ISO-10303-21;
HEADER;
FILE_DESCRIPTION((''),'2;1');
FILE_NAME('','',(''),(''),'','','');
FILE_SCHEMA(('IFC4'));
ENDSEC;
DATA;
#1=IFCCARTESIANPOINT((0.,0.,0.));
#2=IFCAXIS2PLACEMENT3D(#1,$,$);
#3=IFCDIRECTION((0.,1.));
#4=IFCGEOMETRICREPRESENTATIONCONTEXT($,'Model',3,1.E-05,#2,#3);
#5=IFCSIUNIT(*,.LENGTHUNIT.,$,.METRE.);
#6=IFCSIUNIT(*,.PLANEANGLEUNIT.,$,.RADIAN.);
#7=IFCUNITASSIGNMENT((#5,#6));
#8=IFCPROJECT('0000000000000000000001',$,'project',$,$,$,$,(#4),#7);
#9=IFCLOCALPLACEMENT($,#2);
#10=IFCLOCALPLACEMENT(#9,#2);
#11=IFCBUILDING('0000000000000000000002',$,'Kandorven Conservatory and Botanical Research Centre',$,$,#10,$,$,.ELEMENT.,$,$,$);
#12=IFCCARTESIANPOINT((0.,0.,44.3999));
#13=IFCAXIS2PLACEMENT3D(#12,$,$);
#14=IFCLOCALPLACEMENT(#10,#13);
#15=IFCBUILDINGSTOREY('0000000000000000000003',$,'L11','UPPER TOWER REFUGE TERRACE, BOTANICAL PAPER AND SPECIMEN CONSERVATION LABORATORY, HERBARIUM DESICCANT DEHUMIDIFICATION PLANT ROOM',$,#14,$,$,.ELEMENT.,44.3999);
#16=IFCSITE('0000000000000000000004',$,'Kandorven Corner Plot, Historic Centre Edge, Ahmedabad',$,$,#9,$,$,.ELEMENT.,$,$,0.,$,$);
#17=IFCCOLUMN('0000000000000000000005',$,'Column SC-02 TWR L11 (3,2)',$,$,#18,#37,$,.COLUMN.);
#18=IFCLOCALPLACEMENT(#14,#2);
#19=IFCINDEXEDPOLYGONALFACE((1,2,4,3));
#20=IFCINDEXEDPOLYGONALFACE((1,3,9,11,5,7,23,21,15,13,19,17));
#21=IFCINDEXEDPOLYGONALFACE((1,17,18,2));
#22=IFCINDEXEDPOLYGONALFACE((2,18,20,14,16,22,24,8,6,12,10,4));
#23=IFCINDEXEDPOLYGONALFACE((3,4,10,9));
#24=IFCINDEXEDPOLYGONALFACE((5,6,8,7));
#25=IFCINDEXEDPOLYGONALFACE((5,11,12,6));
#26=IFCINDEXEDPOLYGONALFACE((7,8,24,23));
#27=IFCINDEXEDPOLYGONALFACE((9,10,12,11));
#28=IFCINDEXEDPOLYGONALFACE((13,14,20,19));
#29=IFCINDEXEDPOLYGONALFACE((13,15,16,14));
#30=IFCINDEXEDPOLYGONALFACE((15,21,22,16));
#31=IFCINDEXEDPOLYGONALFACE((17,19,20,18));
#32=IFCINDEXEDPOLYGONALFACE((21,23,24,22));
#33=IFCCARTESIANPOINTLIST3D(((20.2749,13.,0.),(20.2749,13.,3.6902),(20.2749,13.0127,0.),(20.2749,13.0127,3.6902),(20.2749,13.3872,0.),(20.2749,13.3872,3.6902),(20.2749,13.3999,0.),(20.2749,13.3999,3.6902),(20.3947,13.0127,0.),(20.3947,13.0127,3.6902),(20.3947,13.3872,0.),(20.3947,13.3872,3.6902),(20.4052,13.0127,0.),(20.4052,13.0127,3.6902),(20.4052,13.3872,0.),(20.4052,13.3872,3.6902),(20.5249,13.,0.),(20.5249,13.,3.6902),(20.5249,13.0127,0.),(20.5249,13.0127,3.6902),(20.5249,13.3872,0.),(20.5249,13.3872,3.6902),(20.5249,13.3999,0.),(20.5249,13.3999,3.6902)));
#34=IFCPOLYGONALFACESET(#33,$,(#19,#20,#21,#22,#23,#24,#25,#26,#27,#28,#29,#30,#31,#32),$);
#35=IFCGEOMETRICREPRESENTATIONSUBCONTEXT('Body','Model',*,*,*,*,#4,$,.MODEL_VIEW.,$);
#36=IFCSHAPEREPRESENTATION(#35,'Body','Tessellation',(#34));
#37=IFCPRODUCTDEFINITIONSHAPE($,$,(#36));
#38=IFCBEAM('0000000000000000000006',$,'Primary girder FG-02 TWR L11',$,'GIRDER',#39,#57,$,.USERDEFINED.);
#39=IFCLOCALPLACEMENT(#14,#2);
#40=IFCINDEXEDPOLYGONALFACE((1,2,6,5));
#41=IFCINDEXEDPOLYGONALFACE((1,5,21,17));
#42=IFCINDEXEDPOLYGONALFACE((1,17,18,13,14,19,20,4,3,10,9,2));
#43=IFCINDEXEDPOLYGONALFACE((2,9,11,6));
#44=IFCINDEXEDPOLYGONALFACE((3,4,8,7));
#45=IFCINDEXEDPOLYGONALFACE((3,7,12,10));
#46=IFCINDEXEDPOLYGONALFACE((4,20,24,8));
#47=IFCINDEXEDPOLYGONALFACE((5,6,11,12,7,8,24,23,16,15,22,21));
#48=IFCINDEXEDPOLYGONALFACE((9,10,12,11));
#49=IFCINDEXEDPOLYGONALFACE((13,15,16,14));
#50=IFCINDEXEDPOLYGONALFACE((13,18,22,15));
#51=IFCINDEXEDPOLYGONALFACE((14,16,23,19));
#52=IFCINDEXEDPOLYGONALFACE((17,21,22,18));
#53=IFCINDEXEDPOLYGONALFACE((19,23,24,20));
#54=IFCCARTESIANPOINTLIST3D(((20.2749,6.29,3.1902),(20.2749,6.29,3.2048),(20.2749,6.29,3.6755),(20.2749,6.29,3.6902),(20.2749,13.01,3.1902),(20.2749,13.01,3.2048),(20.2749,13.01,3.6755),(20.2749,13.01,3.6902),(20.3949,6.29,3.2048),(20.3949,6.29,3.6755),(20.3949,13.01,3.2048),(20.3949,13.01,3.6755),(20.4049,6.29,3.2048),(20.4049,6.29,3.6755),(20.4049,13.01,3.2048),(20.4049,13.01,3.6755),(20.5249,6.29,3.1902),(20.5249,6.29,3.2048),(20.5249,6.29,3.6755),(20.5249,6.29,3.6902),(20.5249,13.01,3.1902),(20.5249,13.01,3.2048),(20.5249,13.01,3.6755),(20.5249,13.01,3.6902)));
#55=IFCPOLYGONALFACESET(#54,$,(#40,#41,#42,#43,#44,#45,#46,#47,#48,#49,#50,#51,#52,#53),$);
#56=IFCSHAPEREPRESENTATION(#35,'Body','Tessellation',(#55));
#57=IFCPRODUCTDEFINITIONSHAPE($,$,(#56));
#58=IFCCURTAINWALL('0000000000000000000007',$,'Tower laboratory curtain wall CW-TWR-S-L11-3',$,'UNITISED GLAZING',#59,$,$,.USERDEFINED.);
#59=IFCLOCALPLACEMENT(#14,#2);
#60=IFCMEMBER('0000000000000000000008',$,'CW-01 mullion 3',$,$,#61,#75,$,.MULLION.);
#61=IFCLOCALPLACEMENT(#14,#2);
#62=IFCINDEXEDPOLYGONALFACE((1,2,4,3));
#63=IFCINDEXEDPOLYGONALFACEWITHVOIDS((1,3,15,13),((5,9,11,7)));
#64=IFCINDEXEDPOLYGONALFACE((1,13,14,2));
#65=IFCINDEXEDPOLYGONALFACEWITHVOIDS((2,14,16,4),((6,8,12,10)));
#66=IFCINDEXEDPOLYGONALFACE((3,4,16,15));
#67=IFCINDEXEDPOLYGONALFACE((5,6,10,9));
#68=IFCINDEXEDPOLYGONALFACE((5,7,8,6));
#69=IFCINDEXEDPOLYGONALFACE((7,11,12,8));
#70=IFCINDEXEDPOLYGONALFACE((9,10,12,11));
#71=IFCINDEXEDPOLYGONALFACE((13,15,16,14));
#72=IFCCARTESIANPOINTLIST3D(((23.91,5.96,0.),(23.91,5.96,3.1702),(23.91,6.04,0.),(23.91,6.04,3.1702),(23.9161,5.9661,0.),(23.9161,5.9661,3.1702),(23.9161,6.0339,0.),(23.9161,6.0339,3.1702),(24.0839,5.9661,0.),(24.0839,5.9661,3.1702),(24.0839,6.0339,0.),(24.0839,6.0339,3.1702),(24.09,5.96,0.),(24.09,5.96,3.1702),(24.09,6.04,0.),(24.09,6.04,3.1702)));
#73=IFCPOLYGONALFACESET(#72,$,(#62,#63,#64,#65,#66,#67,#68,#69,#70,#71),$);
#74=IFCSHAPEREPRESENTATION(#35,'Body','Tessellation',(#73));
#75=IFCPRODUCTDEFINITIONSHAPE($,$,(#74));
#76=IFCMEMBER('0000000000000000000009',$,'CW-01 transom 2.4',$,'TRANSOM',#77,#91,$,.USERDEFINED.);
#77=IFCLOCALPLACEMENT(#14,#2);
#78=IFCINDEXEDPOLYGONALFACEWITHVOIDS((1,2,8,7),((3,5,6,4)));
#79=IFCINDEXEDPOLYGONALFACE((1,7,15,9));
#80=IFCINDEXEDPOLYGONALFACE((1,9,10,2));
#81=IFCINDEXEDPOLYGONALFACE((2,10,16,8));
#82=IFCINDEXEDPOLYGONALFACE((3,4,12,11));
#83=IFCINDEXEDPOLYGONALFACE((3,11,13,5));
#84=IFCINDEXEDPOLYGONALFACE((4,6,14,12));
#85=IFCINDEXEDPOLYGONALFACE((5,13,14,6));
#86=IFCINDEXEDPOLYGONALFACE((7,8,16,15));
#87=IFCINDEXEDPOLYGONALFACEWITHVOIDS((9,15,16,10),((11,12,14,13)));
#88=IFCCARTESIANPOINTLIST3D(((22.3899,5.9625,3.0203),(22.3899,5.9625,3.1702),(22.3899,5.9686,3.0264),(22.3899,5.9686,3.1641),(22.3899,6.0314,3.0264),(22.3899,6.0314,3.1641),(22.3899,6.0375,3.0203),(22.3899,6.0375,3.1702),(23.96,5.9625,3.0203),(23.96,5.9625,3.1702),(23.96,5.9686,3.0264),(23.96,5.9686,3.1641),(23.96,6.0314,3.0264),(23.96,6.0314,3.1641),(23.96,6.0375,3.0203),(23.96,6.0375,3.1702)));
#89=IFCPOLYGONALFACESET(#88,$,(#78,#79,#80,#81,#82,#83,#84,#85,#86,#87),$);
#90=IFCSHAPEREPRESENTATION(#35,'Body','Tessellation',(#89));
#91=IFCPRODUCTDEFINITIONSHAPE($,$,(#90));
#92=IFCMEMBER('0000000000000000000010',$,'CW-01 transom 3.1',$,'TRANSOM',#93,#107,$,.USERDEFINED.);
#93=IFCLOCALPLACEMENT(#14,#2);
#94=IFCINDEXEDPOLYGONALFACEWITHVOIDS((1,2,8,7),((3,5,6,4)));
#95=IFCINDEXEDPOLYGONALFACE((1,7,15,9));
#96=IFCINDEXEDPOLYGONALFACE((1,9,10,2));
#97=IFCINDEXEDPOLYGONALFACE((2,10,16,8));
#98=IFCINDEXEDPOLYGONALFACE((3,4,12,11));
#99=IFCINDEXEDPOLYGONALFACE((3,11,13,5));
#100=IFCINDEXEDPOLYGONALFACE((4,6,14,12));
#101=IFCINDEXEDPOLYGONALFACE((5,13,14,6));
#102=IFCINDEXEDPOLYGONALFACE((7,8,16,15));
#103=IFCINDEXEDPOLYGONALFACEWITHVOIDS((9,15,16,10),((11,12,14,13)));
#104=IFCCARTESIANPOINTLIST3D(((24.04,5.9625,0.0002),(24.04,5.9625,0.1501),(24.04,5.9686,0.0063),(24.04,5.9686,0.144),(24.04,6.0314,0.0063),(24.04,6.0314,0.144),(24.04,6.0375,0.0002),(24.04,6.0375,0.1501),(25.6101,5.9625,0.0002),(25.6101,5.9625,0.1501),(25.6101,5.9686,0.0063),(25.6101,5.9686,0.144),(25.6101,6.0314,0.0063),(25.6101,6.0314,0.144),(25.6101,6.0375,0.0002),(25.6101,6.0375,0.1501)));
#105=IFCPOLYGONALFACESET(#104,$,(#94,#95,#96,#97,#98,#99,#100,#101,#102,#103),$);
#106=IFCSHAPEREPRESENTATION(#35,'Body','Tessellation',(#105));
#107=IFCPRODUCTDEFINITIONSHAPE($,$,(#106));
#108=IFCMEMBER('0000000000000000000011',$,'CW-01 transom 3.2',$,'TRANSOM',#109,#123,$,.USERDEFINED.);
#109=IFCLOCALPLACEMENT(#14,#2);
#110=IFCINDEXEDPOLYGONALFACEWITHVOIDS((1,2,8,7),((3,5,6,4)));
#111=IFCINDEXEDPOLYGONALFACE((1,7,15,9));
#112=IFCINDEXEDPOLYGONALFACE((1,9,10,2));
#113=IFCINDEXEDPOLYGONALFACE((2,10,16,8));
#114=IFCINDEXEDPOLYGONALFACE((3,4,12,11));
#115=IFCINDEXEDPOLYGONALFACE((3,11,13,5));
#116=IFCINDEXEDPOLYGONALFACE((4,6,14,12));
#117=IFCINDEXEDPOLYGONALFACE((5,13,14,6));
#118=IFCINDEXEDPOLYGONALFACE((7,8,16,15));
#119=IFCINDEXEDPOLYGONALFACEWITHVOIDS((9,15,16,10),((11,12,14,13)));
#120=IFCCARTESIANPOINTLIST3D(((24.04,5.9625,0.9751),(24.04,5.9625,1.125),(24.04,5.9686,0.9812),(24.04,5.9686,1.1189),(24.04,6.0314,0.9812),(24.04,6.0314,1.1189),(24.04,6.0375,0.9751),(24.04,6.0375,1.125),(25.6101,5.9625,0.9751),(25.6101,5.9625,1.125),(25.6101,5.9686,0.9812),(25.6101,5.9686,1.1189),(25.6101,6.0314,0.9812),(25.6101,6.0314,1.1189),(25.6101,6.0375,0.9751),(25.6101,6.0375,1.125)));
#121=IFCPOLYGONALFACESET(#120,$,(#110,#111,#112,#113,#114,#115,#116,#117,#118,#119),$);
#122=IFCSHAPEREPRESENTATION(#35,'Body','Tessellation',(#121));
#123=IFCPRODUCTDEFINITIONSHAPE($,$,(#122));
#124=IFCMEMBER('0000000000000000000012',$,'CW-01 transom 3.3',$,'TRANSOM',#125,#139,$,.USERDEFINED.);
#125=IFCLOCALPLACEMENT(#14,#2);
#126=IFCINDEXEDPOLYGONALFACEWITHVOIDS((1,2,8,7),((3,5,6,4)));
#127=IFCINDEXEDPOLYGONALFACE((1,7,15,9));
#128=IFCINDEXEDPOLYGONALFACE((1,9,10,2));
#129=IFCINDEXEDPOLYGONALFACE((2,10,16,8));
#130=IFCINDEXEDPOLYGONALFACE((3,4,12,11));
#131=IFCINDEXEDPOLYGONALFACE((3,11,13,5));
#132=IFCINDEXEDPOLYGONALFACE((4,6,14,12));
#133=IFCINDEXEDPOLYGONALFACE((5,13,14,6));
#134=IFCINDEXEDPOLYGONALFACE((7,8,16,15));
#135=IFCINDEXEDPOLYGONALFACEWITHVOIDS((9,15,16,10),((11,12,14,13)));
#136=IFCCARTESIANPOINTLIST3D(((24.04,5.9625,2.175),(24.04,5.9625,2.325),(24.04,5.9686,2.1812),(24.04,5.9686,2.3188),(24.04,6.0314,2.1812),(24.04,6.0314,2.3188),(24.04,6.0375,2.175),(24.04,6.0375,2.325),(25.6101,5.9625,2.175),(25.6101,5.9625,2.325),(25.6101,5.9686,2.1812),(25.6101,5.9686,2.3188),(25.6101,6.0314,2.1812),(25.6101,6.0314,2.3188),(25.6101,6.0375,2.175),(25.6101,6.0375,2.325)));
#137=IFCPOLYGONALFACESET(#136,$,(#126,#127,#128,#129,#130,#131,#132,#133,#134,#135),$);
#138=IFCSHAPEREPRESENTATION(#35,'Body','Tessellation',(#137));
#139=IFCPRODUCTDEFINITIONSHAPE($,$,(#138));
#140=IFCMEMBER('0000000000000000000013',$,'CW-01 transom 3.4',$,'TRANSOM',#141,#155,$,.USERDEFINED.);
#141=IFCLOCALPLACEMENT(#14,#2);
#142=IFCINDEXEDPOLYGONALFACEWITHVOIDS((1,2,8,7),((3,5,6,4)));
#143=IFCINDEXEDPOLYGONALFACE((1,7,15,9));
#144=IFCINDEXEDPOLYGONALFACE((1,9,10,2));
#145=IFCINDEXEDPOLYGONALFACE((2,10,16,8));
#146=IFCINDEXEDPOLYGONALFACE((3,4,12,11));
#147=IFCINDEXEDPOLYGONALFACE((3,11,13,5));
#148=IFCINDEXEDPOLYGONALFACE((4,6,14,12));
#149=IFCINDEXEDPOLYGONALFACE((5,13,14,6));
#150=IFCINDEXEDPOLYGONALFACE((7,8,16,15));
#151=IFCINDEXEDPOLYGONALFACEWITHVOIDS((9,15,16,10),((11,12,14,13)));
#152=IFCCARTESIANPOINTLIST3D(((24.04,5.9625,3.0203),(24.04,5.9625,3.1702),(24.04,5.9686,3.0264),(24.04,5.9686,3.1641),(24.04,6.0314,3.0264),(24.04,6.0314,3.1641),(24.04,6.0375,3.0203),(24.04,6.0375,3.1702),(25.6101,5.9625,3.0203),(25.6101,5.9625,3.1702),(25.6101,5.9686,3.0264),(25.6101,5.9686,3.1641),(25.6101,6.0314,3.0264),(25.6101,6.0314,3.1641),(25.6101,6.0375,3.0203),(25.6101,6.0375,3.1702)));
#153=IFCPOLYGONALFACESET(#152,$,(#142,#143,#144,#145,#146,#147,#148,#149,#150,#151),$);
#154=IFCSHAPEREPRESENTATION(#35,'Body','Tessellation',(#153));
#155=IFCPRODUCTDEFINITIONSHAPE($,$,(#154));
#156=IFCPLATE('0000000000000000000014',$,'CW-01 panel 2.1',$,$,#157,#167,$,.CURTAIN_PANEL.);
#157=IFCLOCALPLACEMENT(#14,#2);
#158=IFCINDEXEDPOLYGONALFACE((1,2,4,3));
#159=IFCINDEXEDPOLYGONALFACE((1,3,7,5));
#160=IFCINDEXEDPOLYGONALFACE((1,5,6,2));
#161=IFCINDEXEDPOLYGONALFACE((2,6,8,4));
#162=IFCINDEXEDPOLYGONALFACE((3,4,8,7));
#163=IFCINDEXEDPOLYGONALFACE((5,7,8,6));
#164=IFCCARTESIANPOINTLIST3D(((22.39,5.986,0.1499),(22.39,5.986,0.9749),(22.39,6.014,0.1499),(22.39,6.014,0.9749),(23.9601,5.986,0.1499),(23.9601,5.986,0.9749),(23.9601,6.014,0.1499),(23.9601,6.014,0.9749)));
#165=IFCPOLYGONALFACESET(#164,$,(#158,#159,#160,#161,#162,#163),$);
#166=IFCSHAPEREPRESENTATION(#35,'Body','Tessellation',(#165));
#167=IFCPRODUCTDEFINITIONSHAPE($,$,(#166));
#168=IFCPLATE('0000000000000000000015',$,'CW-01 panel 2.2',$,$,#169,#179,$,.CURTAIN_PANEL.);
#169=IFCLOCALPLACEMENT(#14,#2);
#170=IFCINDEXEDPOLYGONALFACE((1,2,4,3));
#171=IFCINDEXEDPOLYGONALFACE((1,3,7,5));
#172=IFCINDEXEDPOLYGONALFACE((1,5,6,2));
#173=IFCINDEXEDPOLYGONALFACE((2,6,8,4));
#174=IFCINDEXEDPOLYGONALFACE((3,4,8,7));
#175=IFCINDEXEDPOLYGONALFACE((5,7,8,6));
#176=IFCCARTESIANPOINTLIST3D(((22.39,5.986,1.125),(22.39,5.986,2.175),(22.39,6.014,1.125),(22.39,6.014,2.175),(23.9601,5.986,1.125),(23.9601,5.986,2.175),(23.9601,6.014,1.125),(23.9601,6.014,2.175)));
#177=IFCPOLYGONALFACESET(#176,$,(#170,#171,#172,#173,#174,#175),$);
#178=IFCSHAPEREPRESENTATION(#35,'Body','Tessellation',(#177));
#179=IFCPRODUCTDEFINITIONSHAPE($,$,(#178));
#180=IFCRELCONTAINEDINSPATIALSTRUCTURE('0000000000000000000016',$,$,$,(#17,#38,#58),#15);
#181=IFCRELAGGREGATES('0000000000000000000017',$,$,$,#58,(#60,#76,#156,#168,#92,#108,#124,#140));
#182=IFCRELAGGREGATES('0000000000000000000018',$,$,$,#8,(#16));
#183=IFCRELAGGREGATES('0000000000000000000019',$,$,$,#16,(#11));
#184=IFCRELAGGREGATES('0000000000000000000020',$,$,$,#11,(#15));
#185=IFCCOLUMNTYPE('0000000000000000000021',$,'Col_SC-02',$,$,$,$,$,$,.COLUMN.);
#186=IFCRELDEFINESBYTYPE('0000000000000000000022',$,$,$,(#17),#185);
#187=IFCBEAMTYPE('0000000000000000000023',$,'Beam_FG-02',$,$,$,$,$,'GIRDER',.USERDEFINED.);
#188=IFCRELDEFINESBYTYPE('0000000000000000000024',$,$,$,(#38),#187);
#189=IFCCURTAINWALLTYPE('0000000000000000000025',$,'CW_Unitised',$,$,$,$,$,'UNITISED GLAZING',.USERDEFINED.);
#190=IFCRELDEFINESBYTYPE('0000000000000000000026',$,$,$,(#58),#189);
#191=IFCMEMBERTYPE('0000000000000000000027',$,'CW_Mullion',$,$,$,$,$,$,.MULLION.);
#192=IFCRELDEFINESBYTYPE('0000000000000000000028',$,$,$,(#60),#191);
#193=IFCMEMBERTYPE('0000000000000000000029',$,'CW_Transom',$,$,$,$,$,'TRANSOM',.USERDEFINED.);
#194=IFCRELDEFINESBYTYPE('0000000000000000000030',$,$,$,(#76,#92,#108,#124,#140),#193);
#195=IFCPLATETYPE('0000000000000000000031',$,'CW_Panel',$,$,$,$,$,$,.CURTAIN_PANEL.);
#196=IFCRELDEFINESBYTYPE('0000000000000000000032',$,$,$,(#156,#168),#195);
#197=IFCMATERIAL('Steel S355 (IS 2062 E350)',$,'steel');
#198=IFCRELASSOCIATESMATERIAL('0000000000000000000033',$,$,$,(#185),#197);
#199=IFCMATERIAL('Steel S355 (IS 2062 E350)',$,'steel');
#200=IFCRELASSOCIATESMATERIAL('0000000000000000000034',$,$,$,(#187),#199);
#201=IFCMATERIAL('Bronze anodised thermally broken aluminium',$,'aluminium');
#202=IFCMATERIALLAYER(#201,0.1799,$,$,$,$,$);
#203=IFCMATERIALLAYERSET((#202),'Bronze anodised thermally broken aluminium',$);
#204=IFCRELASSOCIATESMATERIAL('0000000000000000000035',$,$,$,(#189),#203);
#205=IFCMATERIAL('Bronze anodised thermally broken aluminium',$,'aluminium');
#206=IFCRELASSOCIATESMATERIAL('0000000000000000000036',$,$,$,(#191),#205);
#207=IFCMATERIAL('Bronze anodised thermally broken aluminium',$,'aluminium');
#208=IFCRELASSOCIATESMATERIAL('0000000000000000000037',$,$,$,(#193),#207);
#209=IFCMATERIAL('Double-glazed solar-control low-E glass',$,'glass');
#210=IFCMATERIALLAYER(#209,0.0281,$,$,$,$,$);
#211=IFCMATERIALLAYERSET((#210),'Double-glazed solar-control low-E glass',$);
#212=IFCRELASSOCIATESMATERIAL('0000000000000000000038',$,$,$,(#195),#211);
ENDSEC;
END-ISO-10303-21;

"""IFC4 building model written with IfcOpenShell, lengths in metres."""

from ifc_helpers import new_model, si_unit, direction, frame, origin, origin_2d, place, context, subcontext, project, spatial, rectangle, hollow_rectangle, i_section, extrude, material, layer, layer_set, material_profile, profile_set, type_object, element, aggregate, save


model = new_model("IFC4")

# Units and contexts
model_context = context("Model", 3, precision=1e-05, world=origin(), true_north=direction((0.0, 1.0)))
body_context = subcontext(model_context, "Body", "Model", "MODEL_VIEW")
ifc_project = project(units=[si_unit("LENGTHUNIT", "METRE"), si_unit("PLANEANGLEUNIT", "RADIAN")], contexts=[model_context])

# Site, building, storey
site_placement = place(None, origin())
site = spatial("IfcSite", under=ifc_project, at=site_placement, Name="Kandorven Corner Plot, Historic Centre Edge, Ahmedabad", CompositionType="ELEMENT", RefElevation=0.0)
building_placement = place(site_placement, origin())
building = spatial("IfcBuilding", under=site, at=building_placement, Name="Kandorven Conservatory and Botanical Research Centre", CompositionType="ELEMENT")
storey_placement = place(building_placement, frame((0.0, 0.0, 44.3999)))
storey = spatial("IfcBuildingStorey", under=building, at=storey_placement, Name="L11", Description="UPPER TOWER REFUGE TERRACE, BOTANICAL PAPER AND SPECIMEN CONSERVATION LABORATORY, HERBARIUM DESICCANT DEHUMIDIFICATION PLANT ROOM", CompositionType="ELEMENT", Elevation=44.3999)

# Column
ifc_material_1 = material(Name="Steel S355 (IS 2062 E350)", Category="steel")
ifc_material_profile_1 = material_profile(ifc_material_1, i_section(OverallWidth=0.25, OverallDepth=0.3999, WebThickness=0.0105, FlangeThickness=0.0127, at=origin_2d()))
ifc_profile_set_1 = profile_set([ifc_material_profile_1], Name="Steel S355 (IS 2062 E350)")
column_type = type_object("IfcColumnType", Name="Col_SC-02", PredefinedType="COLUMN", material=ifc_profile_set_1)
column_placement = place(storey_placement, frame((20.3999, 13.2, 0.0), z_axis=(0.0, 0.0, 1.0), x_axis=(1.0, 0.0, 0.0)))
element("IfcColumn", 1, at=column_placement, inside=storey, type_object=column_type, Name="Column SC-02 TWR L11 (3,2)", PredefinedType="COLUMN", context=body_context, shape_type="SweptSolid", body=[
    extrude(i_section(OverallWidth=0.25, OverallDepth=0.3999, WebThickness=0.0105, FlangeThickness=0.0127, at=origin_2d()), origin(), (0.0, 0.0, 1.0), 3.6902),
])

# Beam
ifc_material_2 = material(Name="Steel S355 (IS 2062 E350)", Category="steel")
ifc_material_profile_2 = material_profile(ifc_material_2, i_section(OverallWidth=0.25, OverallDepth=0.5, WebThickness=0.01, FlangeThickness=0.0146, at=origin_2d()))
ifc_profile_set_2 = profile_set([ifc_material_profile_2], Name="Steel S355 (IS 2062 E350)")
beam_type = type_object("IfcBeamType", Name="Beam_FG-02", ElementType="GIRDER", PredefinedType="USERDEFINED", material=ifc_profile_set_2)
beam_placement = place(storey_placement, frame((20.3999, 6.29, 3.4402), z_axis=(0.0, 1.0, 0.0), x_axis=(-1.0, 0.0, 0.0)))
element("IfcBeam", 2, at=beam_placement, inside=storey, type_object=beam_type, Name="Primary girder FG-02 TWR L11", ObjectType="GIRDER", PredefinedType="USERDEFINED", context=body_context, shape_type="SweptSolid", body=[
    extrude(i_section(OverallWidth=0.25, OverallDepth=0.5, WebThickness=0.01, FlangeThickness=0.0146, at=origin_2d()), origin(), (0.0, 0.0, 1.0), 6.72),
])

# Curtain wall, members, plates
ifc_material_3 = material(Name="Bronze anodised thermally broken aluminium", Category="aluminium")
ifc_layer_1 = layer(ifc_material_3, 0.1799)
ifc_layer_set_1 = layer_set([ifc_layer_1], Name="Bronze anodised thermally broken aluminium")
curtain_wall_type = type_object("IfcCurtainWallType", Name="CW_Unitised", ElementType="UNITISED GLAZING", PredefinedType="USERDEFINED", material=ifc_layer_set_1)
curtain_wall_placement = place(storey_placement, origin())
curtain_wall = element("IfcCurtainWall", 3, at=curtain_wall_placement, inside=storey, type_object=curtain_wall_type, Name="Tower laboratory curtain wall CW-TWR-S-L11-3", ObjectType="UNITISED GLAZING", PredefinedType="USERDEFINED")
ifc_material_4 = material(Name="Bronze anodised thermally broken aluminium", Category="aluminium")
ifc_material_profile_3 = material_profile(ifc_material_4, hollow_rectangle(XDim=0.0801, YDim=0.1799, WallThickness=0.0061, at=origin_2d()))
ifc_profile_set_3 = profile_set([ifc_material_profile_3], Name="Bronze anodised thermally broken aluminium")
member_type_1 = type_object("IfcMemberType", Name="CW_Mullion", PredefinedType="MULLION", material=ifc_profile_set_3)
member_1_placement = place(storey_placement, frame((24.0, 6.0, 0.0), z_axis=(0.0, 0.0, 1.0), x_axis=(0.0, 1.0, 0.0)))
member_1 = element("IfcMember", 4, at=member_1_placement, type_object=member_type_1, Name="CW-01 mullion 3", PredefinedType="MULLION", context=body_context, shape_type="SweptSolid", body=[
    extrude(hollow_rectangle(XDim=0.0801, YDim=0.1799, WallThickness=0.0061, at=origin_2d()), origin(), (0.0, 0.0, 1.0), 3.1702),
])
ifc_material_5 = material(Name="Bronze anodised thermally broken aluminium", Category="aluminium")
ifc_material_profile_4 = material_profile(ifc_material_5, hollow_rectangle(XDim=0.075, YDim=0.1499, WallThickness=0.0061, at=origin_2d()))
ifc_profile_set_4 = profile_set([ifc_material_profile_4], Name="Bronze anodised thermally broken aluminium")
member_type_2 = type_object("IfcMemberType", Name="CW_Transom", ElementType="TRANSOM", PredefinedType="USERDEFINED", material=ifc_profile_set_4)
member_2_placement = place(storey_placement, frame((22.3899, 6.0, 3.0952), z_axis=(1.0, 0.0, 0.0), x_axis=(0.0, 1.0, 0.0)))
member_2 = element("IfcMember", 5, at=member_2_placement, type_object=member_type_2, Name="CW-01 transom 2.4", ObjectType="TRANSOM", PredefinedType="USERDEFINED", context=body_context, shape_type="SweptSolid", body=[
    extrude(hollow_rectangle(XDim=0.075, YDim=0.1499, WallThickness=0.0061, at=origin_2d()), origin(), (0.0, 0.0, 1.0), 1.5701),
])
member_3_placement = place(storey_placement, frame((24.04, 6.0, 0.0752), z_axis=(1.0, 0.0, 0.0), x_axis=(0.0, 1.0, 0.0)))
member_3 = element("IfcMember", 6, at=member_3_placement, type_object=member_type_2, Name="CW-01 transom 3.1", ObjectType="TRANSOM", PredefinedType="USERDEFINED", context=body_context, shape_type="SweptSolid", body=[
    extrude(hollow_rectangle(XDim=0.075, YDim=0.1499, WallThickness=0.0061, at=origin_2d()), origin(), (0.0, 0.0, 1.0), 1.5701),
])
member_4_placement = place(storey_placement, frame((24.04, 6.0, 1.05), z_axis=(1.0, 0.0, 0.0), x_axis=(0.0, 1.0, 0.0)))
member_4 = element("IfcMember", 7, at=member_4_placement, type_object=member_type_2, Name="CW-01 transom 3.2", ObjectType="TRANSOM", PredefinedType="USERDEFINED", context=body_context, shape_type="SweptSolid", body=[
    extrude(hollow_rectangle(XDim=0.075, YDim=0.1499, WallThickness=0.0061, at=origin_2d()), origin(), (0.0, 0.0, 1.0), 1.5701),
])
member_5_placement = place(storey_placement, frame((24.04, 6.0, 2.25), z_axis=(1.0, 0.0, 0.0), x_axis=(0.0, 1.0, 0.0)))
member_5 = element("IfcMember", 8, at=member_5_placement, type_object=member_type_2, Name="CW-01 transom 3.3", ObjectType="TRANSOM", PredefinedType="USERDEFINED", context=body_context, shape_type="SweptSolid", body=[
    extrude(hollow_rectangle(XDim=0.075, YDim=0.1499, WallThickness=0.0061, at=origin_2d()), origin(), (0.0, 0.0, 1.0), 1.5701),
])
member_6_placement = place(storey_placement, frame((24.04, 6.0, 3.0952), z_axis=(1.0, 0.0, 0.0), x_axis=(0.0, 1.0, 0.0)))
member_6 = element("IfcMember", 9, at=member_6_placement, type_object=member_type_2, Name="CW-01 transom 3.4", ObjectType="TRANSOM", PredefinedType="USERDEFINED", context=body_context, shape_type="SweptSolid", body=[
    extrude(hollow_rectangle(XDim=0.075, YDim=0.1499, WallThickness=0.0061, at=origin_2d()), origin(), (0.0, 0.0, 1.0), 1.5701),
])
ifc_material_6 = material(Name="Double-glazed solar-control low-E glass", Category="glass")
ifc_layer_2 = layer(ifc_material_6, 0.0281)
ifc_layer_set_2 = layer_set([ifc_layer_2], Name="Double-glazed solar-control low-E glass")
plate_type = type_object("IfcPlateType", Name="CW_Panel", PredefinedType="CURTAIN_PANEL", material=ifc_layer_set_2)
plate_1_placement = place(storey_placement, frame((23.175, 6.0, 0.1499), z_axis=(0.0, 0.0, 1.0), x_axis=(1.0, 0.0, 0.0)))
plate_1 = element("IfcPlate", 10, at=plate_1_placement, type_object=plate_type, Name="CW-01 panel 2.1", PredefinedType="CURTAIN_PANEL", context=body_context, shape_type="SweptSolid", body=[
    extrude(rectangle(XDim=1.5701, YDim=0.0281, at=origin_2d()), origin(), (0.0, 0.0, 1.0), 0.825),
])
plate_2_placement = place(storey_placement, frame((23.175, 6.0, 1.125), z_axis=(0.0, 0.0, 1.0), x_axis=(1.0, 0.0, 0.0)))
plate_2 = element("IfcPlate", 11, at=plate_2_placement, type_object=plate_type, Name="CW-01 panel 2.2", PredefinedType="CURTAIN_PANEL", context=body_context, shape_type="SweptSolid", body=[
    extrude(rectangle(XDim=1.5701, YDim=0.0281, at=origin_2d()), origin(), (0.0, 0.0, 1.0), 1.05),
])
aggregate(curtain_wall, [member_1, member_2, plate_1, plate_2, member_3, member_4, member_5, member_6])

save(model, "model.ifc")
